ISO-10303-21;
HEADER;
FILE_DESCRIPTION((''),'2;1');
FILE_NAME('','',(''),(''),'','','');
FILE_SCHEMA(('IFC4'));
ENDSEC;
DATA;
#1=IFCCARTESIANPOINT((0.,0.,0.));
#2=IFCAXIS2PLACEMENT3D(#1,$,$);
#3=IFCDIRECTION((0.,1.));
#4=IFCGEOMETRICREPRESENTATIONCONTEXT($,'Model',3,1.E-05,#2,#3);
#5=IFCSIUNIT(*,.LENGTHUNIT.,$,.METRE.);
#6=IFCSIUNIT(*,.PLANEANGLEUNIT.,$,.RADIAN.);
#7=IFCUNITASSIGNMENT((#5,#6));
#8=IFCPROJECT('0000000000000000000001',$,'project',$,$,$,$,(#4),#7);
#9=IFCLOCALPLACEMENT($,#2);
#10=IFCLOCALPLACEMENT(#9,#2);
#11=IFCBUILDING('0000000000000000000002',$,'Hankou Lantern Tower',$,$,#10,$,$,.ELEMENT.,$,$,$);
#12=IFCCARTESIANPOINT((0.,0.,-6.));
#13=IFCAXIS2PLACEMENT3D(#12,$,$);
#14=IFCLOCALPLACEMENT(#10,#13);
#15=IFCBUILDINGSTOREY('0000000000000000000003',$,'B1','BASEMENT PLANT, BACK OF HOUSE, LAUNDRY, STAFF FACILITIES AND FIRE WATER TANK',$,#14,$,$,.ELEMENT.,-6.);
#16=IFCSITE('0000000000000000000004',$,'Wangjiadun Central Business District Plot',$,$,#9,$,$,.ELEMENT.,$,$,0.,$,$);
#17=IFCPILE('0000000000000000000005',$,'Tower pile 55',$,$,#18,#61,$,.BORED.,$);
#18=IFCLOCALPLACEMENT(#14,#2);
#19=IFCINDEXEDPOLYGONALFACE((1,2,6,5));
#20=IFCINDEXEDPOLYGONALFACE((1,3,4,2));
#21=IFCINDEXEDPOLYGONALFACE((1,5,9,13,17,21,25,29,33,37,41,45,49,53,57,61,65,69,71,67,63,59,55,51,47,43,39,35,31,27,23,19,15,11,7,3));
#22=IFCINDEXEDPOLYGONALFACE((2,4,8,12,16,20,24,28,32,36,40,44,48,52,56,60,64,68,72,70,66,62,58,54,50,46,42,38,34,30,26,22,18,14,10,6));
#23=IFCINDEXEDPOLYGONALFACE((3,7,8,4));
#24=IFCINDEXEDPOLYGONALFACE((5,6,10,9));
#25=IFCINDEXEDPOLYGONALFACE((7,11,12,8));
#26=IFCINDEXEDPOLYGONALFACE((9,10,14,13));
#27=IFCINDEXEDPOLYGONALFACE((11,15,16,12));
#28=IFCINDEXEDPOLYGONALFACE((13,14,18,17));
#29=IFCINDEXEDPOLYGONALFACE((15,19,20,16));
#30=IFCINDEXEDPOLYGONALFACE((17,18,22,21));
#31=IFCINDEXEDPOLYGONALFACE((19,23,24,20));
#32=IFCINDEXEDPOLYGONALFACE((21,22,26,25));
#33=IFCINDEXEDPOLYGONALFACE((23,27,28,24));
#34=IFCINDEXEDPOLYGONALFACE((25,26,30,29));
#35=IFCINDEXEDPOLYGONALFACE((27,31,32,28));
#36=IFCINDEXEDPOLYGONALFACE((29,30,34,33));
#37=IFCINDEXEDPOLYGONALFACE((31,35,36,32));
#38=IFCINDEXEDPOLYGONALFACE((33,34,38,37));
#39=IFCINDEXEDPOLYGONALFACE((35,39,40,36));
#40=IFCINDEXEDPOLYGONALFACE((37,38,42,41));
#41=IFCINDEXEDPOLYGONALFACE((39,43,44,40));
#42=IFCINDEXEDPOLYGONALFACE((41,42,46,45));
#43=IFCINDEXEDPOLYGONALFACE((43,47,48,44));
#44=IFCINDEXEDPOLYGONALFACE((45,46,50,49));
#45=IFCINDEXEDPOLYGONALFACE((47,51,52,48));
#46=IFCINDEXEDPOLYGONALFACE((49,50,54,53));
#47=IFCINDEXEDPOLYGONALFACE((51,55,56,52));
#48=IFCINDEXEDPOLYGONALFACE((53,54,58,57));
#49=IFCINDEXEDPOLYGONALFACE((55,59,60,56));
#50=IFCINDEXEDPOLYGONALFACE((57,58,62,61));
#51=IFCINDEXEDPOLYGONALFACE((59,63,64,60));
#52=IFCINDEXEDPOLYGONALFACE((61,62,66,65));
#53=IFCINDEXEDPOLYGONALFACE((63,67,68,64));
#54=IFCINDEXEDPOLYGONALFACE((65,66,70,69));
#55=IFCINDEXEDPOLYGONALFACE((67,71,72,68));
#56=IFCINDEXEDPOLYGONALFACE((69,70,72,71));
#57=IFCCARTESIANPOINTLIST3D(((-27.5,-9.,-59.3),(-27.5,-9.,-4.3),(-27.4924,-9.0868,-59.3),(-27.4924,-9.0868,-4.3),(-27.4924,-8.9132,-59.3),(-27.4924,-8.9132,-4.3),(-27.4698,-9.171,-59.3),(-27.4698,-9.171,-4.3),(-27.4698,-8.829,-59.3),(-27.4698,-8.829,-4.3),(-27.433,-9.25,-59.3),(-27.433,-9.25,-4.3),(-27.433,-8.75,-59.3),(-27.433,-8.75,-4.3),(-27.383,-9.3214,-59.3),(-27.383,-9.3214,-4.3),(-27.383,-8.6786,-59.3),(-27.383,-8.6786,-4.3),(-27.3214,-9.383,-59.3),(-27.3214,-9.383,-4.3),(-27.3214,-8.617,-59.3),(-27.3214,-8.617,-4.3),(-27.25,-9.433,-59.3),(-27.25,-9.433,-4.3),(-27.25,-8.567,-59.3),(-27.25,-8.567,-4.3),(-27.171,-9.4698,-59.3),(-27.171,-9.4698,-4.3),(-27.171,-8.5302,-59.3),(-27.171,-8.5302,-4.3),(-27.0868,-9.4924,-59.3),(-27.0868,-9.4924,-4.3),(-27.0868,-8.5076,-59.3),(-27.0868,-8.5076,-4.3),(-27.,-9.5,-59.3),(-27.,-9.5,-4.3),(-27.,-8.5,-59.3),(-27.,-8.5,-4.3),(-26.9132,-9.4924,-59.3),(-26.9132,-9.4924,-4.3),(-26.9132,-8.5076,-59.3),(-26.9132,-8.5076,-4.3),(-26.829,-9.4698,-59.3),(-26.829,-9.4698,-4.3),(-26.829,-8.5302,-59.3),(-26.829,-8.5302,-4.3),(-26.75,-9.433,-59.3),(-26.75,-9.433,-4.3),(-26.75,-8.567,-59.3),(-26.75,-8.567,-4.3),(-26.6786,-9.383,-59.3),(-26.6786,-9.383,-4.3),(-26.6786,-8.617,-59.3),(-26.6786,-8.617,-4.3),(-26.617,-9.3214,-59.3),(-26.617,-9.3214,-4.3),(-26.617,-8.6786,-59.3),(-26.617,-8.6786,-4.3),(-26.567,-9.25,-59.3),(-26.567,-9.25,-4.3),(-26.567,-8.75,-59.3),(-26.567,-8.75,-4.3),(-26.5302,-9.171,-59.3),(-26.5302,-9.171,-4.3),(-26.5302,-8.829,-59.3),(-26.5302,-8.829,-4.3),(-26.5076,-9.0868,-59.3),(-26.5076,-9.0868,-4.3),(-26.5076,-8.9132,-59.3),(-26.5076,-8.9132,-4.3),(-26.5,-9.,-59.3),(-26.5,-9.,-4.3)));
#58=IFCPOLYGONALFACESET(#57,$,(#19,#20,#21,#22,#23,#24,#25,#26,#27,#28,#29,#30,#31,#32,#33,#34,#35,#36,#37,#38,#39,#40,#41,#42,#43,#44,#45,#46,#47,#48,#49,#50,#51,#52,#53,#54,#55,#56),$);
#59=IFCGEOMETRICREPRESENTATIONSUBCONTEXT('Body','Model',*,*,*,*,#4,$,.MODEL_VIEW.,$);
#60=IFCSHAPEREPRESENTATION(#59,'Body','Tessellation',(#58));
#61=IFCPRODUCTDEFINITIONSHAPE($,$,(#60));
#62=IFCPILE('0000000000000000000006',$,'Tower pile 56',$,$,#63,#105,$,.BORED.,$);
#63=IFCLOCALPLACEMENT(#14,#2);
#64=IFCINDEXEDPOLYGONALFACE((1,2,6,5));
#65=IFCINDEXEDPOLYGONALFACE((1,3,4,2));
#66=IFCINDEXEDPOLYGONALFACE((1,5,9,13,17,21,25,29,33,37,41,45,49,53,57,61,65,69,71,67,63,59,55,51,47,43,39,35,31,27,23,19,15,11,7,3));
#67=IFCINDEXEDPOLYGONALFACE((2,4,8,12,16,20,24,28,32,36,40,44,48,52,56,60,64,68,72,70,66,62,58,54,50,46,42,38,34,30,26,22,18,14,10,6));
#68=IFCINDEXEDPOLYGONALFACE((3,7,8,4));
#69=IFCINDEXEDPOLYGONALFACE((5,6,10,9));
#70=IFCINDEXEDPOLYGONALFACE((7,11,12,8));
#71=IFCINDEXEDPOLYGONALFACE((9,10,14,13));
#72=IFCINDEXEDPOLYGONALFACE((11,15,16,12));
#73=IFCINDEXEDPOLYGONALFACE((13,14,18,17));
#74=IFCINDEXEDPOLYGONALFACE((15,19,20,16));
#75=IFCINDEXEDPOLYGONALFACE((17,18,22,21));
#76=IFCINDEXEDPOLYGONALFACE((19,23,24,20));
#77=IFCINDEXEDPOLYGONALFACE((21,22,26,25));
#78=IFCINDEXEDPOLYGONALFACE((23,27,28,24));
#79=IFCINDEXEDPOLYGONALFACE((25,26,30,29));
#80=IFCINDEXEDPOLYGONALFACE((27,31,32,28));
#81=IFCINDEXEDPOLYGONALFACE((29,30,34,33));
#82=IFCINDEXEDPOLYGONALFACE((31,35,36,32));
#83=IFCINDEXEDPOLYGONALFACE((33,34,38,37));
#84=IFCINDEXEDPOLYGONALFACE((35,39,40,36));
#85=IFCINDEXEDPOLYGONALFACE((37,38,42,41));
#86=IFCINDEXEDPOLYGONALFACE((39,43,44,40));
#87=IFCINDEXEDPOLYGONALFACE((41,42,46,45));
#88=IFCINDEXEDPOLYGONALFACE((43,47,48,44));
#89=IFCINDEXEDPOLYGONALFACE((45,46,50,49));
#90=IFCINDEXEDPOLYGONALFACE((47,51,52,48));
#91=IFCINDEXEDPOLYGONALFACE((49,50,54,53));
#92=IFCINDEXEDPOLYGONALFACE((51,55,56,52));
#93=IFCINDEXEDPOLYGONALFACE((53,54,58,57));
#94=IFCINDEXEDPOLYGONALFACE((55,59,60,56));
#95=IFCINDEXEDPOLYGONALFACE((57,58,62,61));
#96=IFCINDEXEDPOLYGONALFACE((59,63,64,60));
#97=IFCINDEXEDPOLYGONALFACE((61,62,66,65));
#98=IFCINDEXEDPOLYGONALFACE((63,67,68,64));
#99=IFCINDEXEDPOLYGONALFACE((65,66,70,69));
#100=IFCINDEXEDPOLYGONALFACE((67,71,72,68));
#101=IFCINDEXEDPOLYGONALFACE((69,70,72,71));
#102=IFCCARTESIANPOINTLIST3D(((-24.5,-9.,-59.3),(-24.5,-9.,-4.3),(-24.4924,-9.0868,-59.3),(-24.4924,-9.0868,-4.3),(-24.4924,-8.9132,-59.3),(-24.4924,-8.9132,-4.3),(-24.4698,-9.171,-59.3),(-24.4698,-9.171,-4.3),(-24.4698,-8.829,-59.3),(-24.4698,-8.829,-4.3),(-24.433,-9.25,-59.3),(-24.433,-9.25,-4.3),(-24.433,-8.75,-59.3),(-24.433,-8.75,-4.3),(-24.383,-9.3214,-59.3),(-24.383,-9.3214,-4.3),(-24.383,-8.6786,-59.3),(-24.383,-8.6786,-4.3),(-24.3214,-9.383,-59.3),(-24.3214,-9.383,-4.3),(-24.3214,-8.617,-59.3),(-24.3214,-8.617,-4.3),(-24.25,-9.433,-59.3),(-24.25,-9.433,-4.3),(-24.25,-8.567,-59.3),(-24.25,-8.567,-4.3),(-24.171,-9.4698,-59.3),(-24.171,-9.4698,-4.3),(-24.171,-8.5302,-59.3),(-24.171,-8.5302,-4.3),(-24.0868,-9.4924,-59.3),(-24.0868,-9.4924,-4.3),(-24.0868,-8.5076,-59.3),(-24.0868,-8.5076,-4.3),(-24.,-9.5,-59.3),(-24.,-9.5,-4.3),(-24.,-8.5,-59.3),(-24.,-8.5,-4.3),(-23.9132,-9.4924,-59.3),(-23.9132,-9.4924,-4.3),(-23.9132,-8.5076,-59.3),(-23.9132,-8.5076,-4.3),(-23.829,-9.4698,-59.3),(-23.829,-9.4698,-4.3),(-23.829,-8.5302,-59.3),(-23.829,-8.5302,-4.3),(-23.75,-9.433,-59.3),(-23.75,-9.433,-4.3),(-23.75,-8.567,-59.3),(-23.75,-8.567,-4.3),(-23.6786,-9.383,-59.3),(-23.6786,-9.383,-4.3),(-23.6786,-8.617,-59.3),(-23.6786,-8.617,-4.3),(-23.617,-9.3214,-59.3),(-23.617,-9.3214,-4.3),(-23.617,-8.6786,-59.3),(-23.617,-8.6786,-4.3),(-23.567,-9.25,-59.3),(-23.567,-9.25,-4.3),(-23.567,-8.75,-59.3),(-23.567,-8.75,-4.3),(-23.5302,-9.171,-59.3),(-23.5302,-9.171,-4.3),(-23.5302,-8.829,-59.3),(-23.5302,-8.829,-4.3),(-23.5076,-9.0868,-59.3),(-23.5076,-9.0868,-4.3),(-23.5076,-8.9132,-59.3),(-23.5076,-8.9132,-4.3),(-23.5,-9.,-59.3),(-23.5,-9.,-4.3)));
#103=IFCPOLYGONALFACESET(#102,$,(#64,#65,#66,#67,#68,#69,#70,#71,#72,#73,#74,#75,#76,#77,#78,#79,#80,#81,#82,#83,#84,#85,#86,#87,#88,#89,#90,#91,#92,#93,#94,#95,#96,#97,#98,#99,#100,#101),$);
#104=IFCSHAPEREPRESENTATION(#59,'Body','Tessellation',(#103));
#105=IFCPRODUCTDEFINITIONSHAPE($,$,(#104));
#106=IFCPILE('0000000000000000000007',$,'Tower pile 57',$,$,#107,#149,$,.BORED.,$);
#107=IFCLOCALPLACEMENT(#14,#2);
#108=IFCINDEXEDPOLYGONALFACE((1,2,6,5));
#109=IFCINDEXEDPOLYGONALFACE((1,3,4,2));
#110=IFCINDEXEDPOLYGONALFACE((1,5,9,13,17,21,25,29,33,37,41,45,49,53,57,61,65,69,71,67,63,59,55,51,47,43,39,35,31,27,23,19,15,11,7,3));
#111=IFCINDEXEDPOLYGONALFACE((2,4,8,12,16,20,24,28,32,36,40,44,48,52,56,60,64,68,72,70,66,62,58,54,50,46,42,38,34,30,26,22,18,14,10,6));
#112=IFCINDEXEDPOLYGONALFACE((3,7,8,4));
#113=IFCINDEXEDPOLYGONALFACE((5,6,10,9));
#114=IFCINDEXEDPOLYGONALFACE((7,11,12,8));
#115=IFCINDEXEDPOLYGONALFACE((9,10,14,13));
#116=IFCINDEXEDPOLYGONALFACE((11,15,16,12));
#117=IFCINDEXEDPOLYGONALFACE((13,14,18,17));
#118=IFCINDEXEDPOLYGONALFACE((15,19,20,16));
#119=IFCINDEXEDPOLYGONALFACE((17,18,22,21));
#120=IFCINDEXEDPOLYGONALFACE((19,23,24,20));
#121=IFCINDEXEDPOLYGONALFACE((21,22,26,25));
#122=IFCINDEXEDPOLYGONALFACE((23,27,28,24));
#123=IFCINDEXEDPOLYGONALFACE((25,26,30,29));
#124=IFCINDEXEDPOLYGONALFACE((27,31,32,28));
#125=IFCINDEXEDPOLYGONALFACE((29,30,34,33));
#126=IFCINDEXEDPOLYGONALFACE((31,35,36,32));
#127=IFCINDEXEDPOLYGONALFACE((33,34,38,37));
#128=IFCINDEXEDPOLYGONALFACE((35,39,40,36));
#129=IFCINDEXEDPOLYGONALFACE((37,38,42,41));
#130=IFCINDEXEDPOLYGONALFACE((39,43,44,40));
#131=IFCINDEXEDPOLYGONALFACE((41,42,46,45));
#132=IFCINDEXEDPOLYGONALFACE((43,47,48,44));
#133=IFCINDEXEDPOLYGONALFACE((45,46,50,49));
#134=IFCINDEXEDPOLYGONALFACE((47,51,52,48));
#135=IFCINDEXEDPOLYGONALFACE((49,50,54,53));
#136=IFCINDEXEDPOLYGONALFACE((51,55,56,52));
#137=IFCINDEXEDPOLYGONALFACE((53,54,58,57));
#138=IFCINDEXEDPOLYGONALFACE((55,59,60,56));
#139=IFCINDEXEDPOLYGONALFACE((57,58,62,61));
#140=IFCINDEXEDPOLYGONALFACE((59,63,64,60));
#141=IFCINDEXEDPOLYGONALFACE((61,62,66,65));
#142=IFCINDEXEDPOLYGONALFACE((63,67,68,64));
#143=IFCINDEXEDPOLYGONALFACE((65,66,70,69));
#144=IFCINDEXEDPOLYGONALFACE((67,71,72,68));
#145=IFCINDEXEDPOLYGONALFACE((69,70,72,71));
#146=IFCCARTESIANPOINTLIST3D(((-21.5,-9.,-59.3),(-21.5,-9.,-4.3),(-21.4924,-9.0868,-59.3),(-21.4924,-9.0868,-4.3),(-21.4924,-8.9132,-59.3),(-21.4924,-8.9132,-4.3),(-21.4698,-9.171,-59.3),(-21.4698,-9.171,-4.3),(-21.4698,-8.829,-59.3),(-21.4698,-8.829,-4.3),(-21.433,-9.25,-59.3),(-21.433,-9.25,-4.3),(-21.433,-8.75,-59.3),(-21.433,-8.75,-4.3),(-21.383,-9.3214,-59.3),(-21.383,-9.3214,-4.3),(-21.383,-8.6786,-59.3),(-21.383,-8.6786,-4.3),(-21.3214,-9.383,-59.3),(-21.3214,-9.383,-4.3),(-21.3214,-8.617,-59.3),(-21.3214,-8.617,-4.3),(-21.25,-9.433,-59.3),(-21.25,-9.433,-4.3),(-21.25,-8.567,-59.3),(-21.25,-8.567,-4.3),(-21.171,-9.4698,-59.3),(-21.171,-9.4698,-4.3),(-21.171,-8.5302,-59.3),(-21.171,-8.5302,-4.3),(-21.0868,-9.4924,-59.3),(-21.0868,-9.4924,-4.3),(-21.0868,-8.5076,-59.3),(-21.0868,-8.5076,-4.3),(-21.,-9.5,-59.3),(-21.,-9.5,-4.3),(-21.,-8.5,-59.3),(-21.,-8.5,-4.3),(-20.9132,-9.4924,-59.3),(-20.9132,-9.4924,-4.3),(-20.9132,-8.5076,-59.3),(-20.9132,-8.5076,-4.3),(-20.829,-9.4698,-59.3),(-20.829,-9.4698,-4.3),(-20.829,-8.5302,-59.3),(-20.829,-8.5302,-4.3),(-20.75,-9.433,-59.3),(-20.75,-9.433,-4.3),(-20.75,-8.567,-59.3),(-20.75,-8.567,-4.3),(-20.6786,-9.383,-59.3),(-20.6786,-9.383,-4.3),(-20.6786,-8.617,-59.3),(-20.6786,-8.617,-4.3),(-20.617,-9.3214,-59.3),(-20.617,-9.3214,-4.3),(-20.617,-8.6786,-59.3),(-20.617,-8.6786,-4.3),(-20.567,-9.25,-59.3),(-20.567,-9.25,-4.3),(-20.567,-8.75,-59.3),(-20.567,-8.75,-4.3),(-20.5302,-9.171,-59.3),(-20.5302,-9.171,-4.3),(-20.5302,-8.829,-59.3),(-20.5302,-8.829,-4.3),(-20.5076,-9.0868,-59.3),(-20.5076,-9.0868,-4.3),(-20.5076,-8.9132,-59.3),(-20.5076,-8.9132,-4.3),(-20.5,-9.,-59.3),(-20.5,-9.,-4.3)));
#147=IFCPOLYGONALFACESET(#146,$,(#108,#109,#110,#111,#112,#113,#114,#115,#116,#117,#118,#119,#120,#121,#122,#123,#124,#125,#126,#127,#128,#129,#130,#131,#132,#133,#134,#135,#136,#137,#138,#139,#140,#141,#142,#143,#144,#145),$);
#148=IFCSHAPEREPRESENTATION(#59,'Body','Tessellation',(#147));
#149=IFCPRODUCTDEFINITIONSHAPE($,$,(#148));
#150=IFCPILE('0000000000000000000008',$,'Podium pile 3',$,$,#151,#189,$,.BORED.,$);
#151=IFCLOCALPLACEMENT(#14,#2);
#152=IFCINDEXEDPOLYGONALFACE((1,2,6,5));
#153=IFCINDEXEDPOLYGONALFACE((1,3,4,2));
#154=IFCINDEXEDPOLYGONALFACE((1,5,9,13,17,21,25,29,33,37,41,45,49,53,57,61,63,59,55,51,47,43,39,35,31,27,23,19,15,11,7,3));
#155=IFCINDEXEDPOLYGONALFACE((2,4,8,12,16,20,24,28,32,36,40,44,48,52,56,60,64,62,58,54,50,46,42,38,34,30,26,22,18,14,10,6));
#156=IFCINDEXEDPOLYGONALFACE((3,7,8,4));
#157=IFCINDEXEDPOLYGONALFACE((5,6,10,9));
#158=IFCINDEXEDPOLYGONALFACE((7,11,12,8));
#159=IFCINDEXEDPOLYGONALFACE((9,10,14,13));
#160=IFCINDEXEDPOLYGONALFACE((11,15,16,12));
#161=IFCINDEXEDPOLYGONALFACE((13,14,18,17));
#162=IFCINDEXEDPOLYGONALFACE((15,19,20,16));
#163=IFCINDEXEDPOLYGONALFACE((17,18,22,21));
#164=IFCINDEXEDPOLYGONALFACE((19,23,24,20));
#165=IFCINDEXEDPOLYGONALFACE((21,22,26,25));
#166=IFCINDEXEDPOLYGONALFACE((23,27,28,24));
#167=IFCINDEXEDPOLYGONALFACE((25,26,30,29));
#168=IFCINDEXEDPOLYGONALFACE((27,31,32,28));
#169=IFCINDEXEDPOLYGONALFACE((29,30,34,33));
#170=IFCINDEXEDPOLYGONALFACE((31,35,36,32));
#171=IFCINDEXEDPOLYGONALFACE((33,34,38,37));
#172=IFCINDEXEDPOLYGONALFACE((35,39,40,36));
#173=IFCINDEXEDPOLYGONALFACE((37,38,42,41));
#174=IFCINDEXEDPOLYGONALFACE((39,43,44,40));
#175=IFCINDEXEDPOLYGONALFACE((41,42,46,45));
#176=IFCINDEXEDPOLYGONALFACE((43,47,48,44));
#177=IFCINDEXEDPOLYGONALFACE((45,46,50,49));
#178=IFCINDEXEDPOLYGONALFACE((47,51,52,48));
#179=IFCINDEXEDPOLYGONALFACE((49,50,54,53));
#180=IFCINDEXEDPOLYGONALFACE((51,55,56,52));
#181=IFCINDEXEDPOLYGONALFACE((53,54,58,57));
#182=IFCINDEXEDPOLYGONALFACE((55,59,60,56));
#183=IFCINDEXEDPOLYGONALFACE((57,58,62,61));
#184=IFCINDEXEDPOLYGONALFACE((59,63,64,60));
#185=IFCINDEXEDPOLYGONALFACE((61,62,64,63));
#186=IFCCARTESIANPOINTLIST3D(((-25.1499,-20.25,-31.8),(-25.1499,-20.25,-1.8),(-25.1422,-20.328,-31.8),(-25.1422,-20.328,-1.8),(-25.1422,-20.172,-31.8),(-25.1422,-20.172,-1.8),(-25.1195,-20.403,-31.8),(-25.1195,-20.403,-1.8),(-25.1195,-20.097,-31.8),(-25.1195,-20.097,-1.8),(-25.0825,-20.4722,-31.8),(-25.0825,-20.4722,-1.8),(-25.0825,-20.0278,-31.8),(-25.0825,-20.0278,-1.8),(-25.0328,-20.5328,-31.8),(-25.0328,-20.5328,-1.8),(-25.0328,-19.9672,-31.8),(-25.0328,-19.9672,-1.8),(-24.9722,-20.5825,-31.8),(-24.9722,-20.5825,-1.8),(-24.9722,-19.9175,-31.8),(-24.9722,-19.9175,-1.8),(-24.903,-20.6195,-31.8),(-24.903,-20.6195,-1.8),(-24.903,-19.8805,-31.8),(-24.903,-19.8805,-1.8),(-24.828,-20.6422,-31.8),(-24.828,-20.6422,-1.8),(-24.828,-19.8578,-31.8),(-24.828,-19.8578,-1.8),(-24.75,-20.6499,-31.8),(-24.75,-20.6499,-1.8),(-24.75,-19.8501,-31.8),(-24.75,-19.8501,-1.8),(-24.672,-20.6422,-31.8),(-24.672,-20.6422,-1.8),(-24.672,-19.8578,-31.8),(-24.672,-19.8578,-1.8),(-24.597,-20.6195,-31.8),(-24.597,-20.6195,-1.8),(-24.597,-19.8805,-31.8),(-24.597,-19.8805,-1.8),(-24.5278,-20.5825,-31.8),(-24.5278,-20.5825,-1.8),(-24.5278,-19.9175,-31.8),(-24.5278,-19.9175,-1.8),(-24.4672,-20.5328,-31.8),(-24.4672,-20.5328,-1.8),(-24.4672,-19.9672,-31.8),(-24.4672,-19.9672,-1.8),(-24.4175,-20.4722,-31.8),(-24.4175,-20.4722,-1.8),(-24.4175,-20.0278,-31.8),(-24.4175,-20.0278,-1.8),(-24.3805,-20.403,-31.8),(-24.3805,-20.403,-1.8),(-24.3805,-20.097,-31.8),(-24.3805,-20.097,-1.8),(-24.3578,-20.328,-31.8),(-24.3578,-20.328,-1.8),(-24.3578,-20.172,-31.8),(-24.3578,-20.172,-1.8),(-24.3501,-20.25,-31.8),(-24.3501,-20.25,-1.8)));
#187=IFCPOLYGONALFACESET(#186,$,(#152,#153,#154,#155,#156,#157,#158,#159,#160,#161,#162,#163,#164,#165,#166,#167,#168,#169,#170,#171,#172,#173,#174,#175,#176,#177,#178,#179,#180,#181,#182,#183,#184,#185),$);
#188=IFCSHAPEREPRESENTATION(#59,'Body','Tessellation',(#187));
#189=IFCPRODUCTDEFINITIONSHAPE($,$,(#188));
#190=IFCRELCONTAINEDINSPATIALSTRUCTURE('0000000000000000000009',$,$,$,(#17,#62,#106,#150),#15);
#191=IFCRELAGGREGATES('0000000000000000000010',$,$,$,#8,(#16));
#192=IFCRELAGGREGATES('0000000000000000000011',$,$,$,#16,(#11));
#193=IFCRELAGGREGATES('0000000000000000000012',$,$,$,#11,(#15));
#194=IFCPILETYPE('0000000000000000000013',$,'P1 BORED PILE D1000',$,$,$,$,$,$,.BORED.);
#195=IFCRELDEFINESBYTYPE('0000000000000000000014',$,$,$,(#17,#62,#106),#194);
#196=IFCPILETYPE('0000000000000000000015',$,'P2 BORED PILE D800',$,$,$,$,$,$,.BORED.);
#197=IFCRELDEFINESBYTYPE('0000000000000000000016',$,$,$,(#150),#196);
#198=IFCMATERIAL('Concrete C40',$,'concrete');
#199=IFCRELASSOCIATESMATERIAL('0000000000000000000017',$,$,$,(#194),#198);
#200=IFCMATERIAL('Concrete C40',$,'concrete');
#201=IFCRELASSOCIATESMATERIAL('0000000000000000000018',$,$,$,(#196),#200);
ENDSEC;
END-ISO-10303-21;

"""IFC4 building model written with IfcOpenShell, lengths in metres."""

from ifc_helpers import new_model, si_unit, direction, frame, origin, origin_2d, place, context, subcontext, project, spatial, circle, extrude, material, material_profile, profile_set, type_object, element, save


model = new_model("IFC4")

# Units and contexts
model_context = context("Model", 3, precision=1e-05, world=origin(), true_north=direction((0.0, 1.0)))
body_context = subcontext(model_context, "Body", "Model", "MODEL_VIEW")
ifc_project = project(units=[si_unit("LENGTHUNIT", "METRE"), si_unit("PLANEANGLEUNIT", "RADIAN")], contexts=[model_context])

# Site, building, storey
site_placement = place(None, origin())
site = spatial("IfcSite", under=ifc_project, at=site_placement, Name="Wangjiadun Central Business District Plot", CompositionType="ELEMENT", RefElevation=0.0)
building_placement = place(site_placement, origin())
building = spatial("IfcBuilding", under=site, at=building_placement, Name="Hankou Lantern Tower", CompositionType="ELEMENT")
storey_placement = place(building_placement, frame((0.0, 0.0, -6.0)))
storey = spatial("IfcBuildingStorey", under=building, at=storey_placement, Name="B1", Description="BASEMENT PLANT, BACK OF HOUSE, LAUNDRY, STAFF FACILITIES AND FIRE WATER TANK", CompositionType="ELEMENT", Elevation=-6.0)

# Piles
ifc_material_1 = material(Name="Concrete C40", Category="concrete")
ifc_material_profile_1 = material_profile(ifc_material_1, circle(Radius=0.5, at=origin_2d()), Name="RC D1000")
ifc_profile_set_1 = profile_set([ifc_material_profile_1], Name="Concrete C40")
pile_type_1 = type_object("IfcPileType", Name="P1 BORED PILE D1000", PredefinedType="BORED", material=ifc_profile_set_1)
for number, where, z_axis, x_axis, name in (
    (1, (-27.0, -9.0, -4.3), (0.0, 0.0, -1.0), (1.0, 0.0, 0.0), "Tower pile 55"),
    (2, (-24.0, -9.0, -4.3), (0.0, 0.0, -1.0), (1.0, 0.0, 0.0), "Tower pile 56"),
    (3, (-21.0, -9.0, -4.3), (0.0, 0.0, -1.0), (1.0, 0.0, 0.0), "Tower pile 57"),
):
    element("IfcPile", number, at=place(storey_placement, frame(where, z_axis=z_axis, x_axis=x_axis)), inside=storey, type_object=pile_type_1, Name=name, PredefinedType="BORED", context=body_context, shape_type="SweptSolid", body=[
        extrude(circle(Radius=0.5, at=origin_2d()), origin(), (0.0, 0.0, 1.0), 55.0),
    ])
ifc_material_2 = material(Name="Concrete C40", Category="concrete")
ifc_material_profile_2 = material_profile(ifc_material_2, circle(Radius=0.3999, at=origin_2d()), Name="RC D800")
ifc_profile_set_2 = profile_set([ifc_material_profile_2], Name="Concrete C40")
pile_type_2 = type_object("IfcPileType", Name="P2 BORED PILE D800", PredefinedType="BORED", material=ifc_profile_set_2)
for number, where, z_axis, x_axis, name in (
    (4, (-24.75, -20.25, -1.8), (0.0, 0.0, -1.0), (1.0, 0.0, 0.0), "Podium pile 3"),
):
    element("IfcPile", number, at=place(storey_placement, frame(where, z_axis=z_axis, x_axis=x_axis)), inside=storey, type_object=pile_type_2, Name=name, PredefinedType="BORED", context=body_context, shape_type="SweptSolid", body=[
        extrude(circle(Radius=0.3999, at=origin_2d()), origin(), (0.0, 0.0, 1.0), 30.0),
    ])

save(model, "model.ifc")
